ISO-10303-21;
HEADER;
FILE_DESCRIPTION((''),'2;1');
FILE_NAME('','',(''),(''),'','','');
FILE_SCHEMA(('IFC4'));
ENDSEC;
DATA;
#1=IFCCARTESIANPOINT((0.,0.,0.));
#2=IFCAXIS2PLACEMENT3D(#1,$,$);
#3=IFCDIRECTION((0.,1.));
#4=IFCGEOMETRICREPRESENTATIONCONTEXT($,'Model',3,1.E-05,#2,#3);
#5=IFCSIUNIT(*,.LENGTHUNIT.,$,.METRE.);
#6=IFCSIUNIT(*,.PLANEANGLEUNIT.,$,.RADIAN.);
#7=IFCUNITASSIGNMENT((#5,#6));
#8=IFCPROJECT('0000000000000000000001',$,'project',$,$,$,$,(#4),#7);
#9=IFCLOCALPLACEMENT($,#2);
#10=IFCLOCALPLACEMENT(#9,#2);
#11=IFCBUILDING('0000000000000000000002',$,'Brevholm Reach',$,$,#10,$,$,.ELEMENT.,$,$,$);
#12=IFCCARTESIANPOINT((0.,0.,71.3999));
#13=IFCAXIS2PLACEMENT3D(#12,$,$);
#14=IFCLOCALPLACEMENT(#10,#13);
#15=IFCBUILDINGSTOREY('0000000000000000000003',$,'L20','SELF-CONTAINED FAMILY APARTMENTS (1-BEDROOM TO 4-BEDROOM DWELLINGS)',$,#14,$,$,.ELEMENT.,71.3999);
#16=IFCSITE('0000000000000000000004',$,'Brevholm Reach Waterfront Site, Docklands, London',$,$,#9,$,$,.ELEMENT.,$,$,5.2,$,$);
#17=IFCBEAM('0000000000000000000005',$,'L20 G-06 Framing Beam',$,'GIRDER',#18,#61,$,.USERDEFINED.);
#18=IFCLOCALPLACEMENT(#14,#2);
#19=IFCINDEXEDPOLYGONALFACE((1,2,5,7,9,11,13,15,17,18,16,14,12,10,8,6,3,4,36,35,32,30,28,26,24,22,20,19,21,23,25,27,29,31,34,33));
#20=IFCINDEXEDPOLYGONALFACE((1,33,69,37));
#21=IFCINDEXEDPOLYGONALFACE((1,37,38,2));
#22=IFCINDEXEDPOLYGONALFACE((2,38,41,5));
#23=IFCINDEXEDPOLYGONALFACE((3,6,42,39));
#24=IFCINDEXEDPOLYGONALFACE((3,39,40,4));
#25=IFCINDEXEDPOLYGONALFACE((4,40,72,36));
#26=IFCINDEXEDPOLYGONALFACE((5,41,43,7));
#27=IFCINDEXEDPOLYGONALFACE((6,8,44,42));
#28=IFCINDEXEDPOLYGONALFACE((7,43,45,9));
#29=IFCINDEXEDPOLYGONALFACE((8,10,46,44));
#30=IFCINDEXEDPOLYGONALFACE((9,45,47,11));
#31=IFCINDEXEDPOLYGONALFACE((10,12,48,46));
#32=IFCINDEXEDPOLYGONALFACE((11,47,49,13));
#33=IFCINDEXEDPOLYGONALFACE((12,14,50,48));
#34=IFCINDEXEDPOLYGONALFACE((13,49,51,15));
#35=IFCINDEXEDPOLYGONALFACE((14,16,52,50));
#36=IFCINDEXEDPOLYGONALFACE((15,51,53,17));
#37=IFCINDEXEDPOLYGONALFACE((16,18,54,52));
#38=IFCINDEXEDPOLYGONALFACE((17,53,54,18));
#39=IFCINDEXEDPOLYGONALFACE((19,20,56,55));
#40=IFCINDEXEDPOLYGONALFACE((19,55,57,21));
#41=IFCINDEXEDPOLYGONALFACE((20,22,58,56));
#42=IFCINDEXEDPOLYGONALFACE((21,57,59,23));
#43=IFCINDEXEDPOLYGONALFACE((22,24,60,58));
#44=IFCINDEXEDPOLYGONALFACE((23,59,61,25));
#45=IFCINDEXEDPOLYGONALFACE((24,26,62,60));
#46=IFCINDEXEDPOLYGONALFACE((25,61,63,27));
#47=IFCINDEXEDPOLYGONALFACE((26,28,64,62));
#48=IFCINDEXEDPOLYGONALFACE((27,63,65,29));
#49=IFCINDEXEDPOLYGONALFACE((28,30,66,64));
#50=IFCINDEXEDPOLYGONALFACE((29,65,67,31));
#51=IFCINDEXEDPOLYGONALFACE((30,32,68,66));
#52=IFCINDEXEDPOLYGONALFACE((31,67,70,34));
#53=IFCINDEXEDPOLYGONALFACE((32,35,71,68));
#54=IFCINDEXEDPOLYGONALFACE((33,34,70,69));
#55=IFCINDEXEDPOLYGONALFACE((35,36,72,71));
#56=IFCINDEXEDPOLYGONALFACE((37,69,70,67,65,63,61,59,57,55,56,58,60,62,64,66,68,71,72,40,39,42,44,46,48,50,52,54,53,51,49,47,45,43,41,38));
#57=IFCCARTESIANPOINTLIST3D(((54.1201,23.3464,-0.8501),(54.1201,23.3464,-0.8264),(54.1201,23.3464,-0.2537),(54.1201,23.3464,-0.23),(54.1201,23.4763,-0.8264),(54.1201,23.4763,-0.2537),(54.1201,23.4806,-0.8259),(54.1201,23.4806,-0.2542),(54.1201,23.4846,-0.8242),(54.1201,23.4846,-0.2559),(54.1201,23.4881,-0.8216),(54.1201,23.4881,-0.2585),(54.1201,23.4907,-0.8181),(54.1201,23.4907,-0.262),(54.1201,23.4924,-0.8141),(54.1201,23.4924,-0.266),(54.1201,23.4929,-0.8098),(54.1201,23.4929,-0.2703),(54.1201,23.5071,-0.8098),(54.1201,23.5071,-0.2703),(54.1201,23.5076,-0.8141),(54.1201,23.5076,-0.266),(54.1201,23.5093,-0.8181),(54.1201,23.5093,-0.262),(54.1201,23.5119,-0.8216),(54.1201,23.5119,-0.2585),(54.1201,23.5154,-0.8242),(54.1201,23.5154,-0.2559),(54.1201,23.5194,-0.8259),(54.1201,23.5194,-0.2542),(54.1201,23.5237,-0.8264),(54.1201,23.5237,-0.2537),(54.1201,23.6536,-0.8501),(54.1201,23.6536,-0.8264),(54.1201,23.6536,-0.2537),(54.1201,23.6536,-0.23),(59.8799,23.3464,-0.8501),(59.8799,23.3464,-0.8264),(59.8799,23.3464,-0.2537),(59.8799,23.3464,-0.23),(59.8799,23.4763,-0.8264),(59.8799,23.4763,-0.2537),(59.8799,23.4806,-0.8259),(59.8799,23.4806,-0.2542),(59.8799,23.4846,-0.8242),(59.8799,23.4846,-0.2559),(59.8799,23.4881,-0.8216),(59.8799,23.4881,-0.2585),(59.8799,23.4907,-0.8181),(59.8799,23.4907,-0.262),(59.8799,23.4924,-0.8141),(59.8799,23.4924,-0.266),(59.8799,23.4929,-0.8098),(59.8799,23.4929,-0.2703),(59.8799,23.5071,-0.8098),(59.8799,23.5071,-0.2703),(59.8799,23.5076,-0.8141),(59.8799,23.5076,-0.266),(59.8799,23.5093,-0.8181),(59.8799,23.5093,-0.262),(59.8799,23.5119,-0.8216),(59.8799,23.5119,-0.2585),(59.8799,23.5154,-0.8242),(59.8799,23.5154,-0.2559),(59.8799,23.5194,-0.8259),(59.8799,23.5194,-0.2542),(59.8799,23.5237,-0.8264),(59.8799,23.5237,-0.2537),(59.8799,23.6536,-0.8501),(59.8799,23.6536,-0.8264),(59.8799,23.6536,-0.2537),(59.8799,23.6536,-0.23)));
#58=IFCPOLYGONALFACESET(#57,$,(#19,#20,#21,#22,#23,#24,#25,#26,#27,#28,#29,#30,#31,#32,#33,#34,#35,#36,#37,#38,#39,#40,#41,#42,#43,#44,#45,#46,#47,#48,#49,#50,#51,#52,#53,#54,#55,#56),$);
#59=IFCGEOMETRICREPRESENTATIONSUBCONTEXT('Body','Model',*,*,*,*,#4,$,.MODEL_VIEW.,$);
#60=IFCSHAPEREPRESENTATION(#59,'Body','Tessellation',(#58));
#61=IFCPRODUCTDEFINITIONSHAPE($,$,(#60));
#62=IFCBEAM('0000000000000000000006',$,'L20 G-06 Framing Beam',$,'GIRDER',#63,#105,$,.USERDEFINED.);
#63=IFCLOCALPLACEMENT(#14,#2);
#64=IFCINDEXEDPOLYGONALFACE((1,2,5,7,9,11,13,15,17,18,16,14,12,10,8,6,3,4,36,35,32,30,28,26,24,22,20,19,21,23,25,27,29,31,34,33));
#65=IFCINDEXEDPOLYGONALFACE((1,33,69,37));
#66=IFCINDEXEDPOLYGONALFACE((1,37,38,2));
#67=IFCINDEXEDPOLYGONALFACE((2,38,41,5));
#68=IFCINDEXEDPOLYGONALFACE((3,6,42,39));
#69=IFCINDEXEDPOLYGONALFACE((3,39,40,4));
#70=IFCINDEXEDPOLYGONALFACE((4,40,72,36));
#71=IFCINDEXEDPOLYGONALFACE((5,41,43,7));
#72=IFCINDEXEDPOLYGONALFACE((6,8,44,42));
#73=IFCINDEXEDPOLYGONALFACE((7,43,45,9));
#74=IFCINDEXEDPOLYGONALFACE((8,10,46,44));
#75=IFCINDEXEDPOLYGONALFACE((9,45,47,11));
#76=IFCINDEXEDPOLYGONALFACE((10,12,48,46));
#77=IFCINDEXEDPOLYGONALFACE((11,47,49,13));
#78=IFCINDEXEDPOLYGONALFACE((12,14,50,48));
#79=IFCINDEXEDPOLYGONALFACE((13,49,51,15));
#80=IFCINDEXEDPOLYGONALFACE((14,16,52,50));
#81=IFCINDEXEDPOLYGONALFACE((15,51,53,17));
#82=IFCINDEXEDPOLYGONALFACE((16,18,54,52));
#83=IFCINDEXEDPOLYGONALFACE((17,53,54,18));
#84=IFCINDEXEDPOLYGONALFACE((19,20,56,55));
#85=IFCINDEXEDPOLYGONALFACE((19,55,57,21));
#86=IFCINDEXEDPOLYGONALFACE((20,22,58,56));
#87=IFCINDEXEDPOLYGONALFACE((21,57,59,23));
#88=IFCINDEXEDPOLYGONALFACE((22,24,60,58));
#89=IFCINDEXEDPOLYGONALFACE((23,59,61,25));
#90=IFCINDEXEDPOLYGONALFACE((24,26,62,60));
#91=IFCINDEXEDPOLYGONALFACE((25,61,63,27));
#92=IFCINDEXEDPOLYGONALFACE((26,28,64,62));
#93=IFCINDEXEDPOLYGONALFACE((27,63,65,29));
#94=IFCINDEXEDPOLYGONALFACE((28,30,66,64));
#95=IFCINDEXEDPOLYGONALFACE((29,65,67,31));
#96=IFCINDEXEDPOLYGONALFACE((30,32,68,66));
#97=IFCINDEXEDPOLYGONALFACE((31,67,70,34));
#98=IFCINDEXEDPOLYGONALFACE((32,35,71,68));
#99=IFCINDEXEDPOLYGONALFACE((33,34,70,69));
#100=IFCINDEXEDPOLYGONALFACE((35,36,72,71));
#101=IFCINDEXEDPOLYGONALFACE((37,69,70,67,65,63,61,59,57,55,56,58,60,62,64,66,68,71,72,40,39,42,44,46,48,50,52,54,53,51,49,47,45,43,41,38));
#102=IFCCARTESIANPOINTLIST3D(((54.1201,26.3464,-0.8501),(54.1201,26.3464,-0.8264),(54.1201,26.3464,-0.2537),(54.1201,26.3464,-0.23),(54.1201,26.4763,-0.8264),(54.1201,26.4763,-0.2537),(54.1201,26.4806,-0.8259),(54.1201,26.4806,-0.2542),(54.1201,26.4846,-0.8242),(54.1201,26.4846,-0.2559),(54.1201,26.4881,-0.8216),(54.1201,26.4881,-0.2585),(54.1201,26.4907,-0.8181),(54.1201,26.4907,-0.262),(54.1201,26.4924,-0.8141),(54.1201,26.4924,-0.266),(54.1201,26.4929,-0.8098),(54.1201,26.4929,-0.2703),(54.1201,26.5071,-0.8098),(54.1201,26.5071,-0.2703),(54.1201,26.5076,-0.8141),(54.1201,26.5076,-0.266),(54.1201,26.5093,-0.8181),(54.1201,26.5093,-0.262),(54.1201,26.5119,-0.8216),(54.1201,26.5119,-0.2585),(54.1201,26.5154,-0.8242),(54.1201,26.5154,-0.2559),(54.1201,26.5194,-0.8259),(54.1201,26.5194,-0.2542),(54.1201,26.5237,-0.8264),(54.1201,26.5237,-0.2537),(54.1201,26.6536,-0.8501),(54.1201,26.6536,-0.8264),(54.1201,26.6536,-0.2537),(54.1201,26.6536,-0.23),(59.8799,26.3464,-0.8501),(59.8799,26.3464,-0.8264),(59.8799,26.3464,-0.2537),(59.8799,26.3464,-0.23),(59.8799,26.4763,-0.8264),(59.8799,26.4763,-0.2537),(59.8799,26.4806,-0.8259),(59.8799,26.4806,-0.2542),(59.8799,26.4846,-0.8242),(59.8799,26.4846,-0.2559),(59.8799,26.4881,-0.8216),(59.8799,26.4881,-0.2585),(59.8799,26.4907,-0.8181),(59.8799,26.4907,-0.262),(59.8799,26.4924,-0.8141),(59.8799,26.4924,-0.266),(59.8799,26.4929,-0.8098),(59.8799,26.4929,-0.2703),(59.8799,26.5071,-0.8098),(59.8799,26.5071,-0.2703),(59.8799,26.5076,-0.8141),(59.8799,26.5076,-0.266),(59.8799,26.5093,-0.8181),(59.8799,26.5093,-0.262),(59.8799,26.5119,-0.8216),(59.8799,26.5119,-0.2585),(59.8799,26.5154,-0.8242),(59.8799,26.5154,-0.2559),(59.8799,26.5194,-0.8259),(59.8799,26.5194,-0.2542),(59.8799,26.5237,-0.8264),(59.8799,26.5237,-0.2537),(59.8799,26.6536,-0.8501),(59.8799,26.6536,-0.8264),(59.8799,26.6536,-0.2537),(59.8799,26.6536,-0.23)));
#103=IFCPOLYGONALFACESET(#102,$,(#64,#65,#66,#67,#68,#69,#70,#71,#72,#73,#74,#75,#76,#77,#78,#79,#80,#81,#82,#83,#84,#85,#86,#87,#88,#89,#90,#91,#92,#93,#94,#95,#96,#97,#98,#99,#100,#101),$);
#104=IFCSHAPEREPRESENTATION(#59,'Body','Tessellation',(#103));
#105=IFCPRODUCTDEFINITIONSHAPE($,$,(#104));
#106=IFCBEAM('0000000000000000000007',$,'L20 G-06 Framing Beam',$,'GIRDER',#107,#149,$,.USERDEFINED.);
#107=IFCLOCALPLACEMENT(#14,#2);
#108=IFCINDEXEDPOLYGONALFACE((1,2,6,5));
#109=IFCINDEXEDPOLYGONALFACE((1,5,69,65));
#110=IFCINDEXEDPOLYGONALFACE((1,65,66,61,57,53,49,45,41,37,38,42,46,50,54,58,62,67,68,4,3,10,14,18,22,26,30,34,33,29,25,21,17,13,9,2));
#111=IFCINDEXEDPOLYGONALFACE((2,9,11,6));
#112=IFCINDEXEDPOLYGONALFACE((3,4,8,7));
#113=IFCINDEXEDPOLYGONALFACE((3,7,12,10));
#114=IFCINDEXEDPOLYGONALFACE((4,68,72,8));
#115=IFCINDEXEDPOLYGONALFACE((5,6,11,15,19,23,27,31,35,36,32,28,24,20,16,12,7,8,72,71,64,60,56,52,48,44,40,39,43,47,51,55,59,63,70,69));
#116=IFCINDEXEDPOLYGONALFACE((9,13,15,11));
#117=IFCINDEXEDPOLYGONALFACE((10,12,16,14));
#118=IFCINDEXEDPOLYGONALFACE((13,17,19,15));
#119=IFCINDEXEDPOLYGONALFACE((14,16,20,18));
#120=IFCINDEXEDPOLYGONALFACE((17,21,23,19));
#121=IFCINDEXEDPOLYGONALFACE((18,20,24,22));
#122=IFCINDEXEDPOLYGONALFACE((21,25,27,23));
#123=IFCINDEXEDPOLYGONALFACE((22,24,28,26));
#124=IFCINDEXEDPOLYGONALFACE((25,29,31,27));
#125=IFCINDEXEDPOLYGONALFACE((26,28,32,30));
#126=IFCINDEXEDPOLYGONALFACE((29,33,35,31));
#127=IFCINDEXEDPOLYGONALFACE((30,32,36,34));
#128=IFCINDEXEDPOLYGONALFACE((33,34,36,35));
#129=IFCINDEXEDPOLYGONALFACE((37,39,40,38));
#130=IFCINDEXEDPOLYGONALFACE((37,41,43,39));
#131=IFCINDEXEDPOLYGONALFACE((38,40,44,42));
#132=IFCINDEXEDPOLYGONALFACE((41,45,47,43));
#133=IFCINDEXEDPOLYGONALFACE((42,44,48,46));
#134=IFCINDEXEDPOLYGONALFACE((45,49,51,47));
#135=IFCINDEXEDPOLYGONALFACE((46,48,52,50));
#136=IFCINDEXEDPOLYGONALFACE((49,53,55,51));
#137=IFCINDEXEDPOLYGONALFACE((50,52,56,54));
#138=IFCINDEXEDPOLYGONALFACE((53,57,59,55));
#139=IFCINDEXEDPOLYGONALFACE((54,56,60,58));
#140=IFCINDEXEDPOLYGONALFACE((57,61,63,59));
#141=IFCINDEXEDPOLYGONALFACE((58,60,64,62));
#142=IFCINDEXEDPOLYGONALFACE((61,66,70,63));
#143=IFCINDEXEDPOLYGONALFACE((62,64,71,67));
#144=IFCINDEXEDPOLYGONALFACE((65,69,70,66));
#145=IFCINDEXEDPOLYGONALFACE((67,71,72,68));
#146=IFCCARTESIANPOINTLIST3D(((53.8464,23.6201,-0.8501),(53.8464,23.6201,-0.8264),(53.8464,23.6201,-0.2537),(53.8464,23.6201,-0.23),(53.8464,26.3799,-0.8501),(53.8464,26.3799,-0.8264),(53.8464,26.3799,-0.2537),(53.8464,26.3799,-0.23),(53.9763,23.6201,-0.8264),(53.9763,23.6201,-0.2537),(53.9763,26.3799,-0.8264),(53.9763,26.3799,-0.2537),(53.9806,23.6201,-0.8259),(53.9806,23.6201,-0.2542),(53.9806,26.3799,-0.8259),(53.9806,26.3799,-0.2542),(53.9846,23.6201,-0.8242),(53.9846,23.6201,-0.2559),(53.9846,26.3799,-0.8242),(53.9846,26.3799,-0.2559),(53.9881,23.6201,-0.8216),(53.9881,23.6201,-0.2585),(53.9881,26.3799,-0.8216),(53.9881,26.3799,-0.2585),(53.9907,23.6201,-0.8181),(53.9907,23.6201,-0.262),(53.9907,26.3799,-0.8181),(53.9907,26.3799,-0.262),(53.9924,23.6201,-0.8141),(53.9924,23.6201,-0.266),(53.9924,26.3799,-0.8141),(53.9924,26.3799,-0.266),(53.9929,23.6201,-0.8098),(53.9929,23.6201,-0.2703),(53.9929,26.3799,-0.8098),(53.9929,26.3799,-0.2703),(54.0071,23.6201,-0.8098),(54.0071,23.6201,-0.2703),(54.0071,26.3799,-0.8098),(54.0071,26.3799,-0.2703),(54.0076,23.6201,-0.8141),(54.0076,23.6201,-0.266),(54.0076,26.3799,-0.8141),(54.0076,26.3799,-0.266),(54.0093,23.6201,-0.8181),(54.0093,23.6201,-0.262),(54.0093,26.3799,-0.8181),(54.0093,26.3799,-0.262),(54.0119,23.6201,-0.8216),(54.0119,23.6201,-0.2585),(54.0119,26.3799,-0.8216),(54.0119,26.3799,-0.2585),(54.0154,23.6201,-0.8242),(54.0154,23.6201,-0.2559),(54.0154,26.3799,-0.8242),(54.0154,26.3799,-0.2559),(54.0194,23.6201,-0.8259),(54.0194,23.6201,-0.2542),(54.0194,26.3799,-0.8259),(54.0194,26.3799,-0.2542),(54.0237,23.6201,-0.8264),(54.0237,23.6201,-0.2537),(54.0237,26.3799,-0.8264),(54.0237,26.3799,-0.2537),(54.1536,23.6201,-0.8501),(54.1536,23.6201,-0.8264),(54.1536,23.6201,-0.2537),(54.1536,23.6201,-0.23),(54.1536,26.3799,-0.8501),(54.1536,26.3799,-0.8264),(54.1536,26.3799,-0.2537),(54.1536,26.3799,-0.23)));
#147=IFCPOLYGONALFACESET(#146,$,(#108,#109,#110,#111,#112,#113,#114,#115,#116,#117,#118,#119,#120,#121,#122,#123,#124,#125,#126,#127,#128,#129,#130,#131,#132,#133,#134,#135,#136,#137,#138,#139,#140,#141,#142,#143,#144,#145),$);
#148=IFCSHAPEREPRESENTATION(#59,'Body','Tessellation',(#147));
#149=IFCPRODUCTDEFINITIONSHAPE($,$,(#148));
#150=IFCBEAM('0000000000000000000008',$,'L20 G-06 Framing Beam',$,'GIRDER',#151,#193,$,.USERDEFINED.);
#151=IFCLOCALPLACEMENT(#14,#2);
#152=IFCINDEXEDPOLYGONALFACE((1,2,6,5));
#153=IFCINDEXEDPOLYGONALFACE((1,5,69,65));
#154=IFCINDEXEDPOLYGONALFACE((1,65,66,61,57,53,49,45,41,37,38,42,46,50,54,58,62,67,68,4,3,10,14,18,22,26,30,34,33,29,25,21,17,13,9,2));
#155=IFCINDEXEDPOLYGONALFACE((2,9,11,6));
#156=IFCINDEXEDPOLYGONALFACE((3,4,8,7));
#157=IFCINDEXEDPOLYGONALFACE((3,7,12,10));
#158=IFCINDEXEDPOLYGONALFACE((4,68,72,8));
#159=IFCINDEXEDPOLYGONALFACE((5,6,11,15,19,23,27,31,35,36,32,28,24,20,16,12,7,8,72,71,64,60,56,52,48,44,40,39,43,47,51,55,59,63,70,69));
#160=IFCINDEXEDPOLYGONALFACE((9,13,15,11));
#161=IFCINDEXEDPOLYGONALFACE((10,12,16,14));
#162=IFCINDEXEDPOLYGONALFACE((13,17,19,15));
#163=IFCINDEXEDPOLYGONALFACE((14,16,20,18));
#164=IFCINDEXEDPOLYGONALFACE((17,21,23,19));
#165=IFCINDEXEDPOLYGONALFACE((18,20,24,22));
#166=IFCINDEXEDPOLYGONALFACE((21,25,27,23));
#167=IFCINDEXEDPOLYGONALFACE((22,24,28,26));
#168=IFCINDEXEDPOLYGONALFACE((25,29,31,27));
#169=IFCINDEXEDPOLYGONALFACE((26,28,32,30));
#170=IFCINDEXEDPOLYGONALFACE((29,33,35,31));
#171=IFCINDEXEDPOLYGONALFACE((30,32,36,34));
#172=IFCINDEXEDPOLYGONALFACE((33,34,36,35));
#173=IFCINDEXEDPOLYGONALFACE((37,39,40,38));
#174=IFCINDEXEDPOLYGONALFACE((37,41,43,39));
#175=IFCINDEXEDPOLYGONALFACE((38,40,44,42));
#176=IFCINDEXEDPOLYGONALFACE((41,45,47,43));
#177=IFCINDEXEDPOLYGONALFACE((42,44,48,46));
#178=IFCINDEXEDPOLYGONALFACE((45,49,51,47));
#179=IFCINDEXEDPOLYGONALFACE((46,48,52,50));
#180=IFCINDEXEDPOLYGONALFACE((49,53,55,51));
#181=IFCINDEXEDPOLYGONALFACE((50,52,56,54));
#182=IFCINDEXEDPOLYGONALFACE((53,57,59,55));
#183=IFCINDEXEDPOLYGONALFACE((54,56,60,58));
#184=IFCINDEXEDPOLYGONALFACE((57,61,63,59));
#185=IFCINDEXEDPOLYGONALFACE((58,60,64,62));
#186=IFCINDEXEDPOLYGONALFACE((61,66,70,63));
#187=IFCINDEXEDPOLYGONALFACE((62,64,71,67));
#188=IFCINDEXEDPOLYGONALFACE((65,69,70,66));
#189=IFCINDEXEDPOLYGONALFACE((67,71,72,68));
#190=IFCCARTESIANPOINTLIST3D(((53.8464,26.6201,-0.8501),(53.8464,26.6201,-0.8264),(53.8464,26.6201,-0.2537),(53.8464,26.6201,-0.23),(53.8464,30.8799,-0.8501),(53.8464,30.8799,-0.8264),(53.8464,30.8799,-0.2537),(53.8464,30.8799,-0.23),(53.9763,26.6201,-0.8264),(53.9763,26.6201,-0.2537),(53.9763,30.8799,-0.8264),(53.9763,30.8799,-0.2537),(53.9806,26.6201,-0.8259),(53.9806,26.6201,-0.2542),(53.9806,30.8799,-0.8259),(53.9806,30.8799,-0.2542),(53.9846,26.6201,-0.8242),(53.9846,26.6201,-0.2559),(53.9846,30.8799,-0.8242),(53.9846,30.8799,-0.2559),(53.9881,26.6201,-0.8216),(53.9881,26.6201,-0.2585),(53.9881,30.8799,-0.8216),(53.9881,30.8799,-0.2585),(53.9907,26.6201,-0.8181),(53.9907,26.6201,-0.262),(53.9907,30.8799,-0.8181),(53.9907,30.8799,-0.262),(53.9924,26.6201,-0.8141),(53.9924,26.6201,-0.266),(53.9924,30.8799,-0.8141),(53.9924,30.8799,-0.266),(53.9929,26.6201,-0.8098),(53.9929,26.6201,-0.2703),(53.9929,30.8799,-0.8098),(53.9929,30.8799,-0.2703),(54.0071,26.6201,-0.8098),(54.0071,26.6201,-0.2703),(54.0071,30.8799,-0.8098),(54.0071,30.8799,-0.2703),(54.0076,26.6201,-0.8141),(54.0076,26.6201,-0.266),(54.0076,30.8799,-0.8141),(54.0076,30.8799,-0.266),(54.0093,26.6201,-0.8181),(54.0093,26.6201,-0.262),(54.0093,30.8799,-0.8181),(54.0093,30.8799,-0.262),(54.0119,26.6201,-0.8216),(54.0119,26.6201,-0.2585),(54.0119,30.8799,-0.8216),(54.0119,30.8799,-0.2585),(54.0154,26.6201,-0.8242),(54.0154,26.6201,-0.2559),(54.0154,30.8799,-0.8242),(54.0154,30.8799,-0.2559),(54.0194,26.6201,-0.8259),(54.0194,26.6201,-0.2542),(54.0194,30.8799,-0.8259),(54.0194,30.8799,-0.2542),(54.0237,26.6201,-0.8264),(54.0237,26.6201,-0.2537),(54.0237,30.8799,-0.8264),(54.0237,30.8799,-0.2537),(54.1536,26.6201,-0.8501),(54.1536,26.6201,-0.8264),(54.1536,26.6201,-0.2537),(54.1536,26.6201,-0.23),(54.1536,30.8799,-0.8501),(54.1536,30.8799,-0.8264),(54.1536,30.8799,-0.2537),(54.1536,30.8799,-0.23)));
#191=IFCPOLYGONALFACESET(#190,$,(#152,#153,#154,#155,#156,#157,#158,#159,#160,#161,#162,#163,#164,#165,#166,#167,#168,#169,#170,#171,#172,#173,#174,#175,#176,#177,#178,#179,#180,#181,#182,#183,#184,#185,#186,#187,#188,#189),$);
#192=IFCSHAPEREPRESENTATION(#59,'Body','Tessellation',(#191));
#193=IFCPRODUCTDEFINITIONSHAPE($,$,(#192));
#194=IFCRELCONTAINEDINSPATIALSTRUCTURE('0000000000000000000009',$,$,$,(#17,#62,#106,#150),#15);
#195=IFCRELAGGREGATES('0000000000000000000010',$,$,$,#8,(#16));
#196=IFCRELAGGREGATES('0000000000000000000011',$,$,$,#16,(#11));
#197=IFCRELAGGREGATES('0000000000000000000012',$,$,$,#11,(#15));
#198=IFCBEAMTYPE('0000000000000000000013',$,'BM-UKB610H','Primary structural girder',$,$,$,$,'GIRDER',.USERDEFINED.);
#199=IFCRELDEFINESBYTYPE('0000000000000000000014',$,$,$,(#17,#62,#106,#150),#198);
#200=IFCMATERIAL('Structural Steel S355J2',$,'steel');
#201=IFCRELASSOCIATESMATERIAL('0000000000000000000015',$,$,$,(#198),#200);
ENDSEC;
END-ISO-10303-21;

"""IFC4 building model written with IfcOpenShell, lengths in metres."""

from ifc_helpers import new_model, si_unit, direction, frame, origin, origin_2d, place, context, subcontext, project, spatial, i_section, extrude, material, material_profile, profile_set, type_object, element, save


model = new_model("IFC4")

# Units and contexts
model_context = context("Model", 3, precision=1e-05, world=origin(), true_north=direction((0.0, 1.0)))
body_context = subcontext(model_context, "Body", "Model", "MODEL_VIEW")
ifc_project = project(units=[si_unit("LENGTHUNIT", "METRE"), si_unit("PLANEANGLEUNIT", "RADIAN")], contexts=[model_context])

# Site, building, storey
site_placement = place(None, origin())
site = spatial("IfcSite", under=ifc_project, at=site_placement, Name="Brevholm Reach Waterfront Site, Docklands, London", CompositionType="ELEMENT", RefElevation=5.2)
building_placement = place(site_placement, origin())
building = spatial("IfcBuilding", under=site, at=building_placement, Name="Brevholm Reach", CompositionType="ELEMENT")
storey_placement = place(building_placement, frame((0.0, 0.0, 71.3999)))
storey = spatial("IfcBuildingStorey", under=building, at=storey_placement, Name="L20", Description="SELF-CONTAINED FAMILY APARTMENTS (1-BEDROOM TO 4-BEDROOM DWELLINGS)", CompositionType="ELEMENT", Elevation=71.3999)

# Beams
ifc_material_1 = material(Name="Structural Steel S355J2", Category="steel")
ifc_material_profile_1 = material_profile(ifc_material_1, i_section(OverallWidth=0.3071, OverallDepth=0.6201, WebThickness=0.0142, FlangeThickness=0.0237, FilletRadius=0.0166, at=origin_2d()), Name="UKB 610x305x179")
ifc_profile_set_1 = profile_set([ifc_material_profile_1], Name="Structural Steel S355J2")
beam_type_1 = type_object("IfcBeamType", Name="BM-UKB610H", Description="Primary structural girder", ElementType="GIRDER", PredefinedType="USERDEFINED", material=ifc_profile_set_1)
for number, where, z_axis, x_axis, name in (
    (1, (54.1201, 23.5, -0.54), (1.0, 0.0, 0.0), (0.0, 1.0, 0.0), "L20 G-06 Framing Beam"),
    (2, (54.1201, 26.5, -0.54), (1.0, 0.0, 0.0), (0.0, 1.0, 0.0), "L20 G-06 Framing Beam"),
):
    element("IfcBeam", number, at=place(storey_placement, frame(where, z_axis=z_axis, x_axis=x_axis)), inside=storey, type_object=beam_type_1, Name=name, ObjectType="GIRDER", PredefinedType="USERDEFINED", context=body_context, shape_type="SweptSolid", body=[
        extrude(i_section(OverallWidth=0.3071, OverallDepth=0.6201, WebThickness=0.0142, FlangeThickness=0.0237, FilletRadius=0.0166, at=origin_2d()), origin(), (0.0, 0.0, 1.0), 5.7598),
    ])
beam_1_placement = place(storey_placement, frame((54.0, 23.6201, -0.54), z_axis=(0.0, 1.0, 0.0), x_axis=(-1.0, 0.0, 0.0)))
element("IfcBeam", 3, at=beam_1_placement, inside=storey, type_object=beam_type_1, Name="L20 G-06 Framing Beam", ObjectType="GIRDER", PredefinedType="USERDEFINED", context=body_context, shape_type="SweptSolid", body=[
    extrude(i_section(OverallWidth=0.3071, OverallDepth=0.6201, WebThickness=0.0142, FlangeThickness=0.0237, FilletRadius=0.0166, at=origin_2d()), origin(), (0.0, 0.0, 1.0), 2.7598),
])
beam_2_placement = place(storey_placement, frame((54.0, 26.6201, -0.54), z_axis=(0.0, 1.0, 0.0), x_axis=(-1.0, 0.0, 0.0)))
element("IfcBeam", 4, at=beam_2_placement, inside=storey, type_object=beam_type_1, Name="L20 G-06 Framing Beam", ObjectType="GIRDER", PredefinedType="USERDEFINED", context=body_context, shape_type="SweptSolid", body=[
    extrude(i_section(OverallWidth=0.3071, OverallDepth=0.6201, WebThickness=0.0142, FlangeThickness=0.0237, FilletRadius=0.0166, at=origin_2d()), origin(), (0.0, 0.0, 1.0), 4.2598),
])

save(model, "model.ifc")
